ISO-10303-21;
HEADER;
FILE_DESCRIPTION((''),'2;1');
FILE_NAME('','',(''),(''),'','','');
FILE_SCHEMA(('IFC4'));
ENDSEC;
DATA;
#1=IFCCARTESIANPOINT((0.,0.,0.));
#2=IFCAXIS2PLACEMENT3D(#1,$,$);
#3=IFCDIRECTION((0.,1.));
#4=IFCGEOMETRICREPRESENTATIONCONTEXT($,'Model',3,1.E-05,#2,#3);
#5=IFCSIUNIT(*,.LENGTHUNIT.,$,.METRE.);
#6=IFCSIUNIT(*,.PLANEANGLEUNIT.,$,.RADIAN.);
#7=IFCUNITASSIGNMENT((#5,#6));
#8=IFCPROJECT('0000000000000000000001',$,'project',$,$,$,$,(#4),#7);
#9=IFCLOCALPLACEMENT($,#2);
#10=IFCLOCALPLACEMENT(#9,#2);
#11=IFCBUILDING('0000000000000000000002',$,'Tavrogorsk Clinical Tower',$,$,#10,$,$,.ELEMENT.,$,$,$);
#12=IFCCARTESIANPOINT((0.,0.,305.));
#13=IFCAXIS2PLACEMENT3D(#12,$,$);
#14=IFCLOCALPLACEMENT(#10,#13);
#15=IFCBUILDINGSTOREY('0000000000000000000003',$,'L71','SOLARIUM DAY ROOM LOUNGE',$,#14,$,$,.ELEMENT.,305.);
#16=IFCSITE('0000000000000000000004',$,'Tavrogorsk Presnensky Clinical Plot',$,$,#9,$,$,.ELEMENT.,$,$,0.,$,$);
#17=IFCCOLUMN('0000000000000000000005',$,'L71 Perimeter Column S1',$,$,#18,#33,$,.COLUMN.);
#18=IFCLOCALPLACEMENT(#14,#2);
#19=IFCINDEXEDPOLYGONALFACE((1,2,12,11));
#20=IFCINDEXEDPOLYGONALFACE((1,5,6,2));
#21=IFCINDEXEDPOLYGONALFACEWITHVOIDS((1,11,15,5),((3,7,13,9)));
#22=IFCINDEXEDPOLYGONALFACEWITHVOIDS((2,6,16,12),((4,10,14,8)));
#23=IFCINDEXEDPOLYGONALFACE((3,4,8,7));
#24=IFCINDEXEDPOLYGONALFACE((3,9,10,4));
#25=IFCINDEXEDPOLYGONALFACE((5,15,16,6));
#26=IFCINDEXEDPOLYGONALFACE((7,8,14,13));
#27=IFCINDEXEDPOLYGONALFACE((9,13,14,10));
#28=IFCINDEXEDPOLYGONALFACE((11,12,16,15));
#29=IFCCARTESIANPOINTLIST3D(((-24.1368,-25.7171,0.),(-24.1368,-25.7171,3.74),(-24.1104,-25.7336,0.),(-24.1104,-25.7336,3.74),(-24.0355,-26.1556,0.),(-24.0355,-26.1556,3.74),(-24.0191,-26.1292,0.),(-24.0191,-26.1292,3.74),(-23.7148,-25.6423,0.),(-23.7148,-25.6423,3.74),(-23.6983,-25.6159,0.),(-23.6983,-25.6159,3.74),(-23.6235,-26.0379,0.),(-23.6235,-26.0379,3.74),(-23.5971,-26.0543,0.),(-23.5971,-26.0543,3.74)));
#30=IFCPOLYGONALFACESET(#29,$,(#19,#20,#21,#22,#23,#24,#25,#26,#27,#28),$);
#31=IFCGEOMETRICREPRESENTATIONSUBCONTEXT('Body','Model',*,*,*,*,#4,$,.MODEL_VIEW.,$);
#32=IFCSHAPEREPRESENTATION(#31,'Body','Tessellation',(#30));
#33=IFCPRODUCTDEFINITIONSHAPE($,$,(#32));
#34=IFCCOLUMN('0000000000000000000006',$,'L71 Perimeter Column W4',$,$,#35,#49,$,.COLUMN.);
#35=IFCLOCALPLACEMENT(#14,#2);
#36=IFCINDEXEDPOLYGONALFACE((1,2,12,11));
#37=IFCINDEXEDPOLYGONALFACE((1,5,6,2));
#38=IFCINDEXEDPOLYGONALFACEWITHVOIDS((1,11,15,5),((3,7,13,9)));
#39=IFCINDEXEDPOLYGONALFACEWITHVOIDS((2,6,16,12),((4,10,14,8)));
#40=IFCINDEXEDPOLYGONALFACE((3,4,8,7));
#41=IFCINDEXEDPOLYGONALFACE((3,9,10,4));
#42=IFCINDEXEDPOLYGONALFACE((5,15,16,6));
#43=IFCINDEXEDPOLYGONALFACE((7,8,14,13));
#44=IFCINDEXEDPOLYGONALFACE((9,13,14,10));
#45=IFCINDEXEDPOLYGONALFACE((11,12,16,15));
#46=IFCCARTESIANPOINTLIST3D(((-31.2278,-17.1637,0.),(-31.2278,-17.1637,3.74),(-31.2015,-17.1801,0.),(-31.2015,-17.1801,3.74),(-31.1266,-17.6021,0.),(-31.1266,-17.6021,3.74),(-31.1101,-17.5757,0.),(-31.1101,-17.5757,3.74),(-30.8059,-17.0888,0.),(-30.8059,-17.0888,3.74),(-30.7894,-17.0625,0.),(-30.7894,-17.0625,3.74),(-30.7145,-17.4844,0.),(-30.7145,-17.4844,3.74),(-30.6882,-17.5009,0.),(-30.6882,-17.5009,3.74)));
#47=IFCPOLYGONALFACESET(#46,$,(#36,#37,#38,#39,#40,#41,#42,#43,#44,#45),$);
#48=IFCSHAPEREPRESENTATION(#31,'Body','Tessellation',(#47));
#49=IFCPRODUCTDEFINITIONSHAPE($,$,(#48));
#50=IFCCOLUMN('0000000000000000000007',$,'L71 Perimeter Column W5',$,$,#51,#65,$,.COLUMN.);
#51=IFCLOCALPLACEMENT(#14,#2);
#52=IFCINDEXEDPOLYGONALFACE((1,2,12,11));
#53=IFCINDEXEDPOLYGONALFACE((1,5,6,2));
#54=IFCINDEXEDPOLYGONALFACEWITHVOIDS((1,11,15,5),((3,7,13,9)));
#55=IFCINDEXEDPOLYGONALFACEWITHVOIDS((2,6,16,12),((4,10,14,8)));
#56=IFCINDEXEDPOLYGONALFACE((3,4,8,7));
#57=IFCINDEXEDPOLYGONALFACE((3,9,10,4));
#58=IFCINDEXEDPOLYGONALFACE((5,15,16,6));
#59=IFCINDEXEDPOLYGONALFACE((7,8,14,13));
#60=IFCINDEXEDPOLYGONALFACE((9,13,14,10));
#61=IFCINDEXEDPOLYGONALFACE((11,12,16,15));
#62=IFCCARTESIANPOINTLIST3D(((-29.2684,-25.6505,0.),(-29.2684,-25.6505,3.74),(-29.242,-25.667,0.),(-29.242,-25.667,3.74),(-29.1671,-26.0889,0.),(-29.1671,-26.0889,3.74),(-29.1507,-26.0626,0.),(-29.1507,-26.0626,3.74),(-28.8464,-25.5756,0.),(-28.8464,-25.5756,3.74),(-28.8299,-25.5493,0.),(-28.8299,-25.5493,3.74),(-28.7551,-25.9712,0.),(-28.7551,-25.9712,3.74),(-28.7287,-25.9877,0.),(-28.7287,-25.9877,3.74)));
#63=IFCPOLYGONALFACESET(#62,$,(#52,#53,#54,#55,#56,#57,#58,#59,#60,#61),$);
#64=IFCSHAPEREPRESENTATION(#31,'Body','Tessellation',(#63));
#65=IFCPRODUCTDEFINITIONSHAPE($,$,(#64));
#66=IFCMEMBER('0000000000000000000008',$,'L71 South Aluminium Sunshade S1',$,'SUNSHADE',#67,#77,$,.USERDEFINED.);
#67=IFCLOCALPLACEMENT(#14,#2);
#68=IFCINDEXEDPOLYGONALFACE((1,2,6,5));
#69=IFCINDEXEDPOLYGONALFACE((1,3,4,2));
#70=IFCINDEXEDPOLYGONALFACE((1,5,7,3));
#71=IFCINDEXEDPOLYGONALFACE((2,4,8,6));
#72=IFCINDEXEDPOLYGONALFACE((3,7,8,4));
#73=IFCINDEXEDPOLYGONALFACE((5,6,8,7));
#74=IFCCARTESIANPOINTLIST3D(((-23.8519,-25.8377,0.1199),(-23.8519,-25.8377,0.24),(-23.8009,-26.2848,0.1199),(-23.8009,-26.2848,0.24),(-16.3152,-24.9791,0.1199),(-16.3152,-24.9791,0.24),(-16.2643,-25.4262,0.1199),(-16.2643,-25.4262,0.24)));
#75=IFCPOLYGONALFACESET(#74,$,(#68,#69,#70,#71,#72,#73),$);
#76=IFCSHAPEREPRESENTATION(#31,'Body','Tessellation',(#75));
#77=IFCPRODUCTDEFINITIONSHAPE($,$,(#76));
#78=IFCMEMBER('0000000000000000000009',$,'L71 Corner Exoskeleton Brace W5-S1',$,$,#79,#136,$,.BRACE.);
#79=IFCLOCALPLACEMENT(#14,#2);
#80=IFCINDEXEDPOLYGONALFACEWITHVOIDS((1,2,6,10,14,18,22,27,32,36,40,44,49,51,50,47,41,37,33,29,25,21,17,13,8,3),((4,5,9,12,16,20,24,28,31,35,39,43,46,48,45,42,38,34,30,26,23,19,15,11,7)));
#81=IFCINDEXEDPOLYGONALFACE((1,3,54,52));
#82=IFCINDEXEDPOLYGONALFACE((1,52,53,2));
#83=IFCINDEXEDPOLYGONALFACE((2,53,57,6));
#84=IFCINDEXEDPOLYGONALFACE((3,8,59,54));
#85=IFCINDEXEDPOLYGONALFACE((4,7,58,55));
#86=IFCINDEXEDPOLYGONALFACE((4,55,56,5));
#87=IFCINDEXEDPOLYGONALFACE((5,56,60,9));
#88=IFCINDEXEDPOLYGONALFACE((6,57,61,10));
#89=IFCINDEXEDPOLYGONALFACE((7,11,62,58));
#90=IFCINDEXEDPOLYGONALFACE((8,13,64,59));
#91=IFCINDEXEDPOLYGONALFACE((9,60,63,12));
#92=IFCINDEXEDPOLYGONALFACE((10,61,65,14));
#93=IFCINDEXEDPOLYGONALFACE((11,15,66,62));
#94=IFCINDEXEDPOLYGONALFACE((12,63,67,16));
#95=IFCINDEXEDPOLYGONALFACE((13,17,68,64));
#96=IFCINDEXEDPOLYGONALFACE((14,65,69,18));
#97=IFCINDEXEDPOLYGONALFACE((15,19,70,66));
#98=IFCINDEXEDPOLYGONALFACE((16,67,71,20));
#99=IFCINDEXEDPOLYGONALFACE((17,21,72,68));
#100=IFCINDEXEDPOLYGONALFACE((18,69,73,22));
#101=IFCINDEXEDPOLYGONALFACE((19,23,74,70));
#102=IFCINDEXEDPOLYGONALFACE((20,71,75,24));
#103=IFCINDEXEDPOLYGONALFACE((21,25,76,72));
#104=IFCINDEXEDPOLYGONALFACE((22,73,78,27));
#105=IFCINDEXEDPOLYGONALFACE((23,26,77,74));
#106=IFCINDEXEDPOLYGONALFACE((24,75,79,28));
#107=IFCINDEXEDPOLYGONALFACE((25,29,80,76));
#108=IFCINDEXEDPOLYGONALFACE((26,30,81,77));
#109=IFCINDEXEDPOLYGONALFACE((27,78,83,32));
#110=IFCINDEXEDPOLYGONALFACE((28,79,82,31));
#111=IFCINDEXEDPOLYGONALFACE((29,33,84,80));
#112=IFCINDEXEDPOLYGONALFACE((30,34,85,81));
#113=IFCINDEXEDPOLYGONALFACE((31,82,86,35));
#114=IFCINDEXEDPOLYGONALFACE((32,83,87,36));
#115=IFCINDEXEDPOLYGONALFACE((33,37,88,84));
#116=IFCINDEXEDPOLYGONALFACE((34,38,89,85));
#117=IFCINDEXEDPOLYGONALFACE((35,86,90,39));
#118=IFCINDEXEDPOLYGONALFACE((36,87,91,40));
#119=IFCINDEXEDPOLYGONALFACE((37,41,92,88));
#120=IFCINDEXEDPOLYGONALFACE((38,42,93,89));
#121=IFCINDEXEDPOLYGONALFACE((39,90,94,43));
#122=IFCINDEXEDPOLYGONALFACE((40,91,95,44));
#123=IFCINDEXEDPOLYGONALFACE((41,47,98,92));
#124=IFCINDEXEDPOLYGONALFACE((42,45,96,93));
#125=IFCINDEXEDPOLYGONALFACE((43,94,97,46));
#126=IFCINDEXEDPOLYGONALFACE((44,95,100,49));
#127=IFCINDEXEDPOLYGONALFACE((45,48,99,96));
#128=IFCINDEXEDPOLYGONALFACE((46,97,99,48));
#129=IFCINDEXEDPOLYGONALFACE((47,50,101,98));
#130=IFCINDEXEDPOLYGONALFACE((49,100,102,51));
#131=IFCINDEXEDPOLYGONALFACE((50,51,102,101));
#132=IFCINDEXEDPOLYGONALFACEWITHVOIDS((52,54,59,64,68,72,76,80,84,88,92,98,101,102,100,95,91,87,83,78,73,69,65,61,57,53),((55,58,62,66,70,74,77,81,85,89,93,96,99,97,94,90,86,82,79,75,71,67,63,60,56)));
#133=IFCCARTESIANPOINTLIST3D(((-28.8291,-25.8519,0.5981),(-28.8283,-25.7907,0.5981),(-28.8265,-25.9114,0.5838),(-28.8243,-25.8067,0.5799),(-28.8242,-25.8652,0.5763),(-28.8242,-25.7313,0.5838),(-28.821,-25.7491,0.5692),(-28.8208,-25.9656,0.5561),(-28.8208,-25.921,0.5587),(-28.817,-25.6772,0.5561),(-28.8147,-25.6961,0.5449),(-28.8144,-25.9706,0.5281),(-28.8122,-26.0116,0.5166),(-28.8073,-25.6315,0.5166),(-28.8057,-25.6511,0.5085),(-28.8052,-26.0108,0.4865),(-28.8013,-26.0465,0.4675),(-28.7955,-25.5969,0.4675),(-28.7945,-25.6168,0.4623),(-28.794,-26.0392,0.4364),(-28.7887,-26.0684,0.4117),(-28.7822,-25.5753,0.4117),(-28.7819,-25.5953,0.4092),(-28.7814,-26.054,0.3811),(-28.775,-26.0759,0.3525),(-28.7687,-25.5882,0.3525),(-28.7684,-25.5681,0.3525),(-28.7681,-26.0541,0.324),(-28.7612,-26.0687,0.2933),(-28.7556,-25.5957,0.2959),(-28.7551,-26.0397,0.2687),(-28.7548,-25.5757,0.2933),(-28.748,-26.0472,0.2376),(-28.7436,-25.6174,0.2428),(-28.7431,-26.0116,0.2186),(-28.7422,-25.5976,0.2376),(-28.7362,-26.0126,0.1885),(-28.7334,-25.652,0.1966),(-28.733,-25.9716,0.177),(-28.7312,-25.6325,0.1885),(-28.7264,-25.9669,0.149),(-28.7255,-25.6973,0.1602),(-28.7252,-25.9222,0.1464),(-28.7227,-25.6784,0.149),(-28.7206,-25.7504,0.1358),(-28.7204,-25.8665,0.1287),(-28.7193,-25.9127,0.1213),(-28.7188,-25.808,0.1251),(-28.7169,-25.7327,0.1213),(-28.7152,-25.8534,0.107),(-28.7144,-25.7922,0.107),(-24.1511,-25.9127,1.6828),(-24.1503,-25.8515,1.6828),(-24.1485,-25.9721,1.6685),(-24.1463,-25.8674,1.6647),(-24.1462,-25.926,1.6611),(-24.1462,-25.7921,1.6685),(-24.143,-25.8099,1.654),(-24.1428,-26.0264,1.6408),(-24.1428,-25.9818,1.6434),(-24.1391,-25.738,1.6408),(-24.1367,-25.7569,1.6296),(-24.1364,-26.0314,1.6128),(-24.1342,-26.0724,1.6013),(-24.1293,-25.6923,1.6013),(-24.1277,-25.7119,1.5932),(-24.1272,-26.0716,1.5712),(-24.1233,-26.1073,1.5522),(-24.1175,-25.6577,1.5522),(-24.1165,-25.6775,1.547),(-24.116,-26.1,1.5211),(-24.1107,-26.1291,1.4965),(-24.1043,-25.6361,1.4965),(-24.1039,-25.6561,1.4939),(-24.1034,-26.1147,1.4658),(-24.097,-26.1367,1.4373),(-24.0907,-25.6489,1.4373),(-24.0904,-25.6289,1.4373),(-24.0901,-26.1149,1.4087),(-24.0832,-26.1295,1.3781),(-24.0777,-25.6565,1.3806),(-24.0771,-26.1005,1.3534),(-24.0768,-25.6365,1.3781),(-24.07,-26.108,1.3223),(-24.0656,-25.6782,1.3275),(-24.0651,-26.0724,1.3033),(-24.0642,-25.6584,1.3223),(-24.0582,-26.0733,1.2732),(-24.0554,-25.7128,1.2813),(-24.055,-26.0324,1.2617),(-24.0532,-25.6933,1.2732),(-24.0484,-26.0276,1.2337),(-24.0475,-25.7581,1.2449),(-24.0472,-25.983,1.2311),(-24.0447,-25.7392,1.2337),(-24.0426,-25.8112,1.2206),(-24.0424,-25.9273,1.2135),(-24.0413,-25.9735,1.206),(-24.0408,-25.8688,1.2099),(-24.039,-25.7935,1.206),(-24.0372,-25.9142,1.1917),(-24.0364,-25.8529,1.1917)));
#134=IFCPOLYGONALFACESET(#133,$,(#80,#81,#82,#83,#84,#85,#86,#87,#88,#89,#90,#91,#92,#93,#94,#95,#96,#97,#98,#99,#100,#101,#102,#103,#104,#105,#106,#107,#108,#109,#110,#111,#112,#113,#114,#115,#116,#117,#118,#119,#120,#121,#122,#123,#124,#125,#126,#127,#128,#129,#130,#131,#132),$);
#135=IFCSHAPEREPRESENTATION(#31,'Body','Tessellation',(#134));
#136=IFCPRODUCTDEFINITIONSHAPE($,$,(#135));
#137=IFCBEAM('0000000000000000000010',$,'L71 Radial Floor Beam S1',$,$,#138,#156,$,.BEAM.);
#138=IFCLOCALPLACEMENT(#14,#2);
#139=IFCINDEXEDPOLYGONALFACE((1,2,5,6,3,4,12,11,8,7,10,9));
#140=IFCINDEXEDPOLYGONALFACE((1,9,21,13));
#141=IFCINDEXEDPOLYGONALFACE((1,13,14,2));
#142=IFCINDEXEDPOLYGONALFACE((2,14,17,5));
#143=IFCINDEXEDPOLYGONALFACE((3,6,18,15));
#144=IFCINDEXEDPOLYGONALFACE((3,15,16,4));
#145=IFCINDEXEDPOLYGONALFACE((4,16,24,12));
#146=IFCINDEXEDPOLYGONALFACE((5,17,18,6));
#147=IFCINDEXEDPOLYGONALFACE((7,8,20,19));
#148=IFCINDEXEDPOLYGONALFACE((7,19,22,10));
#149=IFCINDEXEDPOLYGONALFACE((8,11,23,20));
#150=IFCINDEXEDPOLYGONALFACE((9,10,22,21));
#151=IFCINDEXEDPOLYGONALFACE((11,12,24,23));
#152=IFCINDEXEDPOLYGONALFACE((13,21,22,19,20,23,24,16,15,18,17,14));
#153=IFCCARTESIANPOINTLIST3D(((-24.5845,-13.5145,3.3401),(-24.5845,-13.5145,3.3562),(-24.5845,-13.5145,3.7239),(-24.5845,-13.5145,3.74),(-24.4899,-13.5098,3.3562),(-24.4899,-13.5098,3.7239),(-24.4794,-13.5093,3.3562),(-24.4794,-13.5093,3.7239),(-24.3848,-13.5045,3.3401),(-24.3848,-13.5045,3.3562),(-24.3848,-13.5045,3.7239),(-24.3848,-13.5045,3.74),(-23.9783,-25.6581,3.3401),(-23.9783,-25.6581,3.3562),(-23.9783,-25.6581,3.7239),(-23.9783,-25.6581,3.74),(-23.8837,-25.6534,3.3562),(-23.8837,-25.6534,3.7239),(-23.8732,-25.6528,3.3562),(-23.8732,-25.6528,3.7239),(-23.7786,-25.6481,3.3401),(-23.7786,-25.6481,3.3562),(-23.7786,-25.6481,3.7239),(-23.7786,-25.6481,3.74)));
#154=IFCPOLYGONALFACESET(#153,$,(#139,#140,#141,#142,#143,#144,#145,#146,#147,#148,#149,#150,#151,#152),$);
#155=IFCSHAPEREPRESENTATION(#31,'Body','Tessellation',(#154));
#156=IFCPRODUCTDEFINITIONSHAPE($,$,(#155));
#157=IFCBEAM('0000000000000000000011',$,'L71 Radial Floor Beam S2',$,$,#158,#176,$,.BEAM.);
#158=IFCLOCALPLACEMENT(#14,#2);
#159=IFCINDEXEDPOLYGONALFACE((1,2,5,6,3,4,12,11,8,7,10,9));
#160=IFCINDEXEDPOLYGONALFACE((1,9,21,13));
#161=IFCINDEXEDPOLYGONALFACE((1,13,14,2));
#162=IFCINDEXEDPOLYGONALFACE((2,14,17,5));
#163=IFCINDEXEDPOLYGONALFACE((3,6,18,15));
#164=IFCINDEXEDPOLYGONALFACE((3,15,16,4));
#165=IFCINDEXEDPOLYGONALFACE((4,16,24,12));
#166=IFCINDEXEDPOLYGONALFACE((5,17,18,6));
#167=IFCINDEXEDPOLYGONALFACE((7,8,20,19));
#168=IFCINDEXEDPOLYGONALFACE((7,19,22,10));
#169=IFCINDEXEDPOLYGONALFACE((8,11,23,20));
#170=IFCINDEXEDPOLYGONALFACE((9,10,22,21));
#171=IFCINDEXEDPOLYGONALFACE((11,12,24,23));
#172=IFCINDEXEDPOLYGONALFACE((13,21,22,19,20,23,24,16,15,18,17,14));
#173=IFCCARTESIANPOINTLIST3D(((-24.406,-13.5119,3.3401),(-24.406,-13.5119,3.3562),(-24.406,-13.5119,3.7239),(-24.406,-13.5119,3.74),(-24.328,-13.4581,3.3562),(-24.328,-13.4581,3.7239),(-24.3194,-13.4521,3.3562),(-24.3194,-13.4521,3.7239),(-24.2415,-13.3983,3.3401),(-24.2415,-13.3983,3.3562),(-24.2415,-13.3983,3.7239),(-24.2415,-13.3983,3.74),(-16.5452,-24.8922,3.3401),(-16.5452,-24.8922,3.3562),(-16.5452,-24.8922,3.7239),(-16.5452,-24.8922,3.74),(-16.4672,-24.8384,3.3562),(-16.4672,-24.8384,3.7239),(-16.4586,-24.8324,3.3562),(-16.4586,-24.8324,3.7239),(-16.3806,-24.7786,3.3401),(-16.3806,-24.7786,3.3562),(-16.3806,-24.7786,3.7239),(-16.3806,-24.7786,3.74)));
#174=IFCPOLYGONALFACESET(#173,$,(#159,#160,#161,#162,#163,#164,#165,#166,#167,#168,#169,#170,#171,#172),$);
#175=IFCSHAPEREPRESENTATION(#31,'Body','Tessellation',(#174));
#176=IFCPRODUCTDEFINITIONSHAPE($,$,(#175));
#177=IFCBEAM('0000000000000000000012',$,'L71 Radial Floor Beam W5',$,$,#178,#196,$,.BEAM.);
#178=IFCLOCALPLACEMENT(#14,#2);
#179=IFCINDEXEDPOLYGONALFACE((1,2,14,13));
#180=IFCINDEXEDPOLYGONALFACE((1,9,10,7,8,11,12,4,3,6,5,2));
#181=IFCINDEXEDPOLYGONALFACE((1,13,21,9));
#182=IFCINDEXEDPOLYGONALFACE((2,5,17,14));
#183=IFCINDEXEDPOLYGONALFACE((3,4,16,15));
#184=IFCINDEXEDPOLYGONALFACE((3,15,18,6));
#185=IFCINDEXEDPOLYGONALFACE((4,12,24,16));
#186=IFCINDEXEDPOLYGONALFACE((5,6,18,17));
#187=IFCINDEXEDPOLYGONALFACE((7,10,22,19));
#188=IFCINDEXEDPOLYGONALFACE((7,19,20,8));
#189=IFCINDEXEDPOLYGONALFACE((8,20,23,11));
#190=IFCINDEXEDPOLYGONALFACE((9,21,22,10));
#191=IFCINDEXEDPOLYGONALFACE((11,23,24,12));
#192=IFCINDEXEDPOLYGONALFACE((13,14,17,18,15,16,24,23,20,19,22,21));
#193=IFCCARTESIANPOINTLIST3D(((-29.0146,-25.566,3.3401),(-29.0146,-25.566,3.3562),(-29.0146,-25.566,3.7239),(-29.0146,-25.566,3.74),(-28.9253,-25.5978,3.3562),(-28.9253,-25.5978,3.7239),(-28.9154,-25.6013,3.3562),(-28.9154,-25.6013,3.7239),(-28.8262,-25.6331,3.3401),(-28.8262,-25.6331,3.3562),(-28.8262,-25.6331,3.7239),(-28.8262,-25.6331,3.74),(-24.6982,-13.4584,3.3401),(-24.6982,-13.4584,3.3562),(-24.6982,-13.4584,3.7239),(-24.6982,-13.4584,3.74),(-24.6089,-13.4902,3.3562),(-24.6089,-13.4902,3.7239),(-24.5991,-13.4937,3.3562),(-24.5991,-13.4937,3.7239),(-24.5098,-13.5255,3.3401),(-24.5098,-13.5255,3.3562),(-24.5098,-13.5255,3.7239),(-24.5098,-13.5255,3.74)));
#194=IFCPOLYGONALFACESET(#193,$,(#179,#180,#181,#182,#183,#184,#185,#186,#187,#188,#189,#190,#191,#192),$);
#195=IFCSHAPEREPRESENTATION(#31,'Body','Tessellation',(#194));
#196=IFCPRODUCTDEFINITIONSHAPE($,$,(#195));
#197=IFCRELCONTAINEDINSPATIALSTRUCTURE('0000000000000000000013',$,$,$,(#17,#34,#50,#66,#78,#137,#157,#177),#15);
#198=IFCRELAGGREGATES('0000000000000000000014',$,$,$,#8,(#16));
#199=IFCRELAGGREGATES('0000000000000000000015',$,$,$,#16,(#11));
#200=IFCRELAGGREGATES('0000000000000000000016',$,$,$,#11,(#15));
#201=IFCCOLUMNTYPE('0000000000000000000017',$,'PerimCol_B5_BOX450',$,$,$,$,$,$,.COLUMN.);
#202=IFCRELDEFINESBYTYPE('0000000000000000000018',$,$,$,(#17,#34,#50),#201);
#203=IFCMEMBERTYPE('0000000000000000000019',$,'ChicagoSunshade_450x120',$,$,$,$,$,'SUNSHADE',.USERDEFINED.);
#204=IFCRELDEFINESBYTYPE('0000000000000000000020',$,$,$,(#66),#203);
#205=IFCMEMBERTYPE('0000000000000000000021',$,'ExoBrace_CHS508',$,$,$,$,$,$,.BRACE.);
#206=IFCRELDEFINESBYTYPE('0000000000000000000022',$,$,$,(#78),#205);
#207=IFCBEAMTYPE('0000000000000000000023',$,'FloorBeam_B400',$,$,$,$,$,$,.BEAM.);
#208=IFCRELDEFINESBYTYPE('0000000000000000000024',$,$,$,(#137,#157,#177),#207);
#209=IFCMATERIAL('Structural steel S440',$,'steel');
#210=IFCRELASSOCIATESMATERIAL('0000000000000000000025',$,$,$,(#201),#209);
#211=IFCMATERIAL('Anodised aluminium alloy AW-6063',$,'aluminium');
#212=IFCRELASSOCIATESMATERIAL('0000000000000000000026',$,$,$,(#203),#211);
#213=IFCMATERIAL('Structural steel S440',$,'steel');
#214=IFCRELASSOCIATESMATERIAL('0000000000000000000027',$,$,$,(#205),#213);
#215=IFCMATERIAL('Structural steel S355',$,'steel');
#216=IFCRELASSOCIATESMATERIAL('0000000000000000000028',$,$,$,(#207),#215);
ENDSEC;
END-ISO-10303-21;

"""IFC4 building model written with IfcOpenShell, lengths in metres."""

from ifc_helpers import new_model, si_unit, direction, frame, origin, origin_2d, place, context, subcontext, project, spatial, rectangle, hollow_rectangle, hollow_circle, i_section, extrude, material, material_profile, profile_set, type_object, element, save


model = new_model("IFC4")

# Units and contexts
model_context = context("Model", 3, precision=1e-05, world=origin(), true_north=direction((0.0, 1.0)))
body_context = subcontext(model_context, "Body", "Model", "MODEL_VIEW")
ifc_project = project(units=[si_unit("LENGTHUNIT", "METRE"), si_unit("PLANEANGLEUNIT", "RADIAN")], contexts=[model_context])

# Site, building, storey
site_placement = place(None, origin())
site = spatial("IfcSite", under=ifc_project, at=site_placement, Name="Tavrogorsk Presnensky Clinical Plot", CompositionType="ELEMENT", RefElevation=0.0)
building_placement = place(site_placement, origin())
building = spatial("IfcBuilding", under=site, at=building_placement, Name="Tavrogorsk Clinical Tower", CompositionType="ELEMENT")
storey_placement = place(building_placement, frame((0.0, 0.0, 305.0)))
storey = spatial("IfcBuildingStorey", under=building, at=storey_placement, Name="L71", Description="SOLARIUM DAY ROOM LOUNGE", CompositionType="ELEMENT", Elevation=305.0)

# Columns
ifc_material_1 = material(Name="Structural steel S440", Category="steel")
ifc_material_profile_1 = material_profile(ifc_material_1, hollow_rectangle(XDim=0.45, YDim=0.45, WallThickness=0.022, at=origin_2d()), Name="BOX-450x450x22")
ifc_profile_set_1 = profile_set([ifc_material_profile_1], Name="Structural steel S440")
column_type = type_object("IfcColumnType", Name="PerimCol_B5_BOX450", PredefinedType="COLUMN", material=ifc_profile_set_1)
for number, where, z_axis, x_axis, name in (
    (1, (-23.8669, -25.8857, 0.0), (0.0, 0.0, 1.0), (0.97437, 0.224951, 0.0), "L71 Perimeter Column S1"),
    (2, (-30.958, -17.3323, 0.0), (0.0, 0.0, 1.0), (0.97437, 0.224951, 0.0), "L71 Perimeter Column W4"),
    (3, (-28.9985, -25.8191, 0.0), (0.0, 0.0, 1.0), (0.97437, 0.224951, 0.0), "L71 Perimeter Column W5"),
):
    element("IfcColumn", number, at=place(storey_placement, frame(where, z_axis=z_axis, x_axis=x_axis)), inside=storey, type_object=column_type, Name=name, PredefinedType="COLUMN", context=body_context, shape_type="SweptSolid", body=[
        extrude(hollow_rectangle(XDim=0.45, YDim=0.45, WallThickness=0.022, at=origin_2d()), origin(), (0.0, 0.0, 1.0), 3.74),
    ])

# Members
ifc_material_2 = material(Name="Anodised aluminium alloy AW-6063", Category="aluminium")
ifc_material_profile_2 = material_profile(ifc_material_2, rectangle(XDim=0.45, YDim=0.1201, at=origin_2d()), Name="ALU-SUNSHADE-450x120")
ifc_profile_set_2 = profile_set([ifc_material_profile_2], Name="Anodised aluminium alloy AW-6063")
member_type_1 = type_object("IfcMemberType", Name="ChicagoSunshade_450x120", ElementType="SUNSHADE", PredefinedType="USERDEFINED", material=ifc_profile_set_2)
member_1_placement = place(storey_placement, frame((-23.8264, -26.0613, 0.1799), z_axis=(0.993573, 0.113197, 0.0), x_axis=(-0.113197, 0.993573, 0.0)))
element("IfcMember", 4, at=member_1_placement, inside=storey, type_object=member_type_1, Name="L71 South Aluminium Sunshade S1", ObjectType="SUNSHADE", PredefinedType="USERDEFINED", context=body_context, shape_type="SweptSolid", body=[
    extrude(rectangle(XDim=0.45, YDim=0.1201, at=origin_2d()), origin(), (0.0, 0.0, 1.0), 7.5854),
])
ifc_material_3 = material(Name="Structural steel S440", Category="steel")
ifc_material_profile_3 = material_profile(ifc_material_3, hollow_circle(Radius=0.2539, WallThickness=0.02, at=origin_2d()), Name="CHS-508x20")
ifc_profile_set_3 = profile_set([ifc_material_profile_3], Name="Structural steel S440")
member_type_2 = type_object("IfcMemberType", Name="ExoBrace_CHS508", PredefinedType="BRACE", material=ifc_profile_set_3)
member_2_placement = place(storey_placement, frame((-28.7717, -25.822, 0.3525), z_axis=(0.974076, -0.012658, 0.225866), x_axis=(0.012994, 0.999916, 0.0)))
element("IfcMember", 5, at=member_2_placement, inside=storey, type_object=member_type_2, Name="L71 Corner Exoskeleton Brace W5-S1", PredefinedType="BRACE", context=body_context, shape_type="SweptSolid", body=[
    extrude(hollow_circle(Radius=0.2539, WallThickness=0.02, at=origin_2d()), origin(), (0.0, 0.0, 1.0), 4.8025),
])

# Beams
ifc_material_4 = material(Name="Structural steel S355", Category="steel")
ifc_material_profile_4 = material_profile(ifc_material_4, i_section(OverallWidth=0.2, OverallDepth=0.3999, WebThickness=0.0105, FlangeThickness=0.0161, at=origin_2d()), Name="B-400x200x10.5x16")
ifc_profile_set_4 = profile_set([ifc_material_profile_4], Name="Structural steel S355")
beam_type_1 = type_object("IfcBeamType", Name="FloorBeam_B400", PredefinedType="BEAM", material=ifc_profile_set_4)
beam_1_placement = place(storey_placement, frame((-24.4846, -13.5095, 3.54), z_axis=(0.049857, -0.998756, 0.0), x_axis=(0.998756, 0.049857, 0.0)))
element("IfcBeam", 6, at=beam_1_placement, inside=storey, type_object=beam_type_1, Name="L71 Radial Floor Beam S1", PredefinedType="BEAM", context=body_context, shape_type="SweptSolid", body=[
    extrude(i_section(OverallWidth=0.2, OverallDepth=0.3999, WebThickness=0.0105, FlangeThickness=0.0161, at=origin_2d()), origin(), (0.0, 0.0, 1.0), 12.1587),
])
beam_2_placement = place(storey_placement, frame((-24.3237, -13.4551, 3.54), z_axis=(0.568336, -0.822797, 0.0), x_axis=(0.822797, 0.568336, 0.0)))
element("IfcBeam", 7, at=beam_2_placement, inside=storey, type_object=beam_type_1, Name="L71 Radial Floor Beam S2", PredefinedType="BEAM", context=body_context, shape_type="SweptSolid", body=[
    extrude(i_section(OverallWidth=0.2, OverallDepth=0.3999, WebThickness=0.0105, FlangeThickness=0.0161, at=origin_2d()), origin(), (0.0, 0.0, 1.0), 13.8313),
])
beam_3_placement = place(storey_placement, frame((-24.604, -13.4919, 3.54), z_axis=(-0.335801, -0.941933, 0.0), x_axis=(0.941933, -0.335801, 0.0)))
element("IfcBeam", 8, at=beam_3_placement, inside=storey, type_object=beam_type_1, Name="L71 Radial Floor Beam W5", PredefinedType="BEAM", context=body_context, shape_type="SweptSolid", body=[
    extrude(i_section(OverallWidth=0.2, OverallDepth=0.3999, WebThickness=0.0105, FlangeThickness=0.0161, at=origin_2d()), origin(), (0.0, 0.0, 1.0), 12.854),
])

save(model, "model.ifc")
